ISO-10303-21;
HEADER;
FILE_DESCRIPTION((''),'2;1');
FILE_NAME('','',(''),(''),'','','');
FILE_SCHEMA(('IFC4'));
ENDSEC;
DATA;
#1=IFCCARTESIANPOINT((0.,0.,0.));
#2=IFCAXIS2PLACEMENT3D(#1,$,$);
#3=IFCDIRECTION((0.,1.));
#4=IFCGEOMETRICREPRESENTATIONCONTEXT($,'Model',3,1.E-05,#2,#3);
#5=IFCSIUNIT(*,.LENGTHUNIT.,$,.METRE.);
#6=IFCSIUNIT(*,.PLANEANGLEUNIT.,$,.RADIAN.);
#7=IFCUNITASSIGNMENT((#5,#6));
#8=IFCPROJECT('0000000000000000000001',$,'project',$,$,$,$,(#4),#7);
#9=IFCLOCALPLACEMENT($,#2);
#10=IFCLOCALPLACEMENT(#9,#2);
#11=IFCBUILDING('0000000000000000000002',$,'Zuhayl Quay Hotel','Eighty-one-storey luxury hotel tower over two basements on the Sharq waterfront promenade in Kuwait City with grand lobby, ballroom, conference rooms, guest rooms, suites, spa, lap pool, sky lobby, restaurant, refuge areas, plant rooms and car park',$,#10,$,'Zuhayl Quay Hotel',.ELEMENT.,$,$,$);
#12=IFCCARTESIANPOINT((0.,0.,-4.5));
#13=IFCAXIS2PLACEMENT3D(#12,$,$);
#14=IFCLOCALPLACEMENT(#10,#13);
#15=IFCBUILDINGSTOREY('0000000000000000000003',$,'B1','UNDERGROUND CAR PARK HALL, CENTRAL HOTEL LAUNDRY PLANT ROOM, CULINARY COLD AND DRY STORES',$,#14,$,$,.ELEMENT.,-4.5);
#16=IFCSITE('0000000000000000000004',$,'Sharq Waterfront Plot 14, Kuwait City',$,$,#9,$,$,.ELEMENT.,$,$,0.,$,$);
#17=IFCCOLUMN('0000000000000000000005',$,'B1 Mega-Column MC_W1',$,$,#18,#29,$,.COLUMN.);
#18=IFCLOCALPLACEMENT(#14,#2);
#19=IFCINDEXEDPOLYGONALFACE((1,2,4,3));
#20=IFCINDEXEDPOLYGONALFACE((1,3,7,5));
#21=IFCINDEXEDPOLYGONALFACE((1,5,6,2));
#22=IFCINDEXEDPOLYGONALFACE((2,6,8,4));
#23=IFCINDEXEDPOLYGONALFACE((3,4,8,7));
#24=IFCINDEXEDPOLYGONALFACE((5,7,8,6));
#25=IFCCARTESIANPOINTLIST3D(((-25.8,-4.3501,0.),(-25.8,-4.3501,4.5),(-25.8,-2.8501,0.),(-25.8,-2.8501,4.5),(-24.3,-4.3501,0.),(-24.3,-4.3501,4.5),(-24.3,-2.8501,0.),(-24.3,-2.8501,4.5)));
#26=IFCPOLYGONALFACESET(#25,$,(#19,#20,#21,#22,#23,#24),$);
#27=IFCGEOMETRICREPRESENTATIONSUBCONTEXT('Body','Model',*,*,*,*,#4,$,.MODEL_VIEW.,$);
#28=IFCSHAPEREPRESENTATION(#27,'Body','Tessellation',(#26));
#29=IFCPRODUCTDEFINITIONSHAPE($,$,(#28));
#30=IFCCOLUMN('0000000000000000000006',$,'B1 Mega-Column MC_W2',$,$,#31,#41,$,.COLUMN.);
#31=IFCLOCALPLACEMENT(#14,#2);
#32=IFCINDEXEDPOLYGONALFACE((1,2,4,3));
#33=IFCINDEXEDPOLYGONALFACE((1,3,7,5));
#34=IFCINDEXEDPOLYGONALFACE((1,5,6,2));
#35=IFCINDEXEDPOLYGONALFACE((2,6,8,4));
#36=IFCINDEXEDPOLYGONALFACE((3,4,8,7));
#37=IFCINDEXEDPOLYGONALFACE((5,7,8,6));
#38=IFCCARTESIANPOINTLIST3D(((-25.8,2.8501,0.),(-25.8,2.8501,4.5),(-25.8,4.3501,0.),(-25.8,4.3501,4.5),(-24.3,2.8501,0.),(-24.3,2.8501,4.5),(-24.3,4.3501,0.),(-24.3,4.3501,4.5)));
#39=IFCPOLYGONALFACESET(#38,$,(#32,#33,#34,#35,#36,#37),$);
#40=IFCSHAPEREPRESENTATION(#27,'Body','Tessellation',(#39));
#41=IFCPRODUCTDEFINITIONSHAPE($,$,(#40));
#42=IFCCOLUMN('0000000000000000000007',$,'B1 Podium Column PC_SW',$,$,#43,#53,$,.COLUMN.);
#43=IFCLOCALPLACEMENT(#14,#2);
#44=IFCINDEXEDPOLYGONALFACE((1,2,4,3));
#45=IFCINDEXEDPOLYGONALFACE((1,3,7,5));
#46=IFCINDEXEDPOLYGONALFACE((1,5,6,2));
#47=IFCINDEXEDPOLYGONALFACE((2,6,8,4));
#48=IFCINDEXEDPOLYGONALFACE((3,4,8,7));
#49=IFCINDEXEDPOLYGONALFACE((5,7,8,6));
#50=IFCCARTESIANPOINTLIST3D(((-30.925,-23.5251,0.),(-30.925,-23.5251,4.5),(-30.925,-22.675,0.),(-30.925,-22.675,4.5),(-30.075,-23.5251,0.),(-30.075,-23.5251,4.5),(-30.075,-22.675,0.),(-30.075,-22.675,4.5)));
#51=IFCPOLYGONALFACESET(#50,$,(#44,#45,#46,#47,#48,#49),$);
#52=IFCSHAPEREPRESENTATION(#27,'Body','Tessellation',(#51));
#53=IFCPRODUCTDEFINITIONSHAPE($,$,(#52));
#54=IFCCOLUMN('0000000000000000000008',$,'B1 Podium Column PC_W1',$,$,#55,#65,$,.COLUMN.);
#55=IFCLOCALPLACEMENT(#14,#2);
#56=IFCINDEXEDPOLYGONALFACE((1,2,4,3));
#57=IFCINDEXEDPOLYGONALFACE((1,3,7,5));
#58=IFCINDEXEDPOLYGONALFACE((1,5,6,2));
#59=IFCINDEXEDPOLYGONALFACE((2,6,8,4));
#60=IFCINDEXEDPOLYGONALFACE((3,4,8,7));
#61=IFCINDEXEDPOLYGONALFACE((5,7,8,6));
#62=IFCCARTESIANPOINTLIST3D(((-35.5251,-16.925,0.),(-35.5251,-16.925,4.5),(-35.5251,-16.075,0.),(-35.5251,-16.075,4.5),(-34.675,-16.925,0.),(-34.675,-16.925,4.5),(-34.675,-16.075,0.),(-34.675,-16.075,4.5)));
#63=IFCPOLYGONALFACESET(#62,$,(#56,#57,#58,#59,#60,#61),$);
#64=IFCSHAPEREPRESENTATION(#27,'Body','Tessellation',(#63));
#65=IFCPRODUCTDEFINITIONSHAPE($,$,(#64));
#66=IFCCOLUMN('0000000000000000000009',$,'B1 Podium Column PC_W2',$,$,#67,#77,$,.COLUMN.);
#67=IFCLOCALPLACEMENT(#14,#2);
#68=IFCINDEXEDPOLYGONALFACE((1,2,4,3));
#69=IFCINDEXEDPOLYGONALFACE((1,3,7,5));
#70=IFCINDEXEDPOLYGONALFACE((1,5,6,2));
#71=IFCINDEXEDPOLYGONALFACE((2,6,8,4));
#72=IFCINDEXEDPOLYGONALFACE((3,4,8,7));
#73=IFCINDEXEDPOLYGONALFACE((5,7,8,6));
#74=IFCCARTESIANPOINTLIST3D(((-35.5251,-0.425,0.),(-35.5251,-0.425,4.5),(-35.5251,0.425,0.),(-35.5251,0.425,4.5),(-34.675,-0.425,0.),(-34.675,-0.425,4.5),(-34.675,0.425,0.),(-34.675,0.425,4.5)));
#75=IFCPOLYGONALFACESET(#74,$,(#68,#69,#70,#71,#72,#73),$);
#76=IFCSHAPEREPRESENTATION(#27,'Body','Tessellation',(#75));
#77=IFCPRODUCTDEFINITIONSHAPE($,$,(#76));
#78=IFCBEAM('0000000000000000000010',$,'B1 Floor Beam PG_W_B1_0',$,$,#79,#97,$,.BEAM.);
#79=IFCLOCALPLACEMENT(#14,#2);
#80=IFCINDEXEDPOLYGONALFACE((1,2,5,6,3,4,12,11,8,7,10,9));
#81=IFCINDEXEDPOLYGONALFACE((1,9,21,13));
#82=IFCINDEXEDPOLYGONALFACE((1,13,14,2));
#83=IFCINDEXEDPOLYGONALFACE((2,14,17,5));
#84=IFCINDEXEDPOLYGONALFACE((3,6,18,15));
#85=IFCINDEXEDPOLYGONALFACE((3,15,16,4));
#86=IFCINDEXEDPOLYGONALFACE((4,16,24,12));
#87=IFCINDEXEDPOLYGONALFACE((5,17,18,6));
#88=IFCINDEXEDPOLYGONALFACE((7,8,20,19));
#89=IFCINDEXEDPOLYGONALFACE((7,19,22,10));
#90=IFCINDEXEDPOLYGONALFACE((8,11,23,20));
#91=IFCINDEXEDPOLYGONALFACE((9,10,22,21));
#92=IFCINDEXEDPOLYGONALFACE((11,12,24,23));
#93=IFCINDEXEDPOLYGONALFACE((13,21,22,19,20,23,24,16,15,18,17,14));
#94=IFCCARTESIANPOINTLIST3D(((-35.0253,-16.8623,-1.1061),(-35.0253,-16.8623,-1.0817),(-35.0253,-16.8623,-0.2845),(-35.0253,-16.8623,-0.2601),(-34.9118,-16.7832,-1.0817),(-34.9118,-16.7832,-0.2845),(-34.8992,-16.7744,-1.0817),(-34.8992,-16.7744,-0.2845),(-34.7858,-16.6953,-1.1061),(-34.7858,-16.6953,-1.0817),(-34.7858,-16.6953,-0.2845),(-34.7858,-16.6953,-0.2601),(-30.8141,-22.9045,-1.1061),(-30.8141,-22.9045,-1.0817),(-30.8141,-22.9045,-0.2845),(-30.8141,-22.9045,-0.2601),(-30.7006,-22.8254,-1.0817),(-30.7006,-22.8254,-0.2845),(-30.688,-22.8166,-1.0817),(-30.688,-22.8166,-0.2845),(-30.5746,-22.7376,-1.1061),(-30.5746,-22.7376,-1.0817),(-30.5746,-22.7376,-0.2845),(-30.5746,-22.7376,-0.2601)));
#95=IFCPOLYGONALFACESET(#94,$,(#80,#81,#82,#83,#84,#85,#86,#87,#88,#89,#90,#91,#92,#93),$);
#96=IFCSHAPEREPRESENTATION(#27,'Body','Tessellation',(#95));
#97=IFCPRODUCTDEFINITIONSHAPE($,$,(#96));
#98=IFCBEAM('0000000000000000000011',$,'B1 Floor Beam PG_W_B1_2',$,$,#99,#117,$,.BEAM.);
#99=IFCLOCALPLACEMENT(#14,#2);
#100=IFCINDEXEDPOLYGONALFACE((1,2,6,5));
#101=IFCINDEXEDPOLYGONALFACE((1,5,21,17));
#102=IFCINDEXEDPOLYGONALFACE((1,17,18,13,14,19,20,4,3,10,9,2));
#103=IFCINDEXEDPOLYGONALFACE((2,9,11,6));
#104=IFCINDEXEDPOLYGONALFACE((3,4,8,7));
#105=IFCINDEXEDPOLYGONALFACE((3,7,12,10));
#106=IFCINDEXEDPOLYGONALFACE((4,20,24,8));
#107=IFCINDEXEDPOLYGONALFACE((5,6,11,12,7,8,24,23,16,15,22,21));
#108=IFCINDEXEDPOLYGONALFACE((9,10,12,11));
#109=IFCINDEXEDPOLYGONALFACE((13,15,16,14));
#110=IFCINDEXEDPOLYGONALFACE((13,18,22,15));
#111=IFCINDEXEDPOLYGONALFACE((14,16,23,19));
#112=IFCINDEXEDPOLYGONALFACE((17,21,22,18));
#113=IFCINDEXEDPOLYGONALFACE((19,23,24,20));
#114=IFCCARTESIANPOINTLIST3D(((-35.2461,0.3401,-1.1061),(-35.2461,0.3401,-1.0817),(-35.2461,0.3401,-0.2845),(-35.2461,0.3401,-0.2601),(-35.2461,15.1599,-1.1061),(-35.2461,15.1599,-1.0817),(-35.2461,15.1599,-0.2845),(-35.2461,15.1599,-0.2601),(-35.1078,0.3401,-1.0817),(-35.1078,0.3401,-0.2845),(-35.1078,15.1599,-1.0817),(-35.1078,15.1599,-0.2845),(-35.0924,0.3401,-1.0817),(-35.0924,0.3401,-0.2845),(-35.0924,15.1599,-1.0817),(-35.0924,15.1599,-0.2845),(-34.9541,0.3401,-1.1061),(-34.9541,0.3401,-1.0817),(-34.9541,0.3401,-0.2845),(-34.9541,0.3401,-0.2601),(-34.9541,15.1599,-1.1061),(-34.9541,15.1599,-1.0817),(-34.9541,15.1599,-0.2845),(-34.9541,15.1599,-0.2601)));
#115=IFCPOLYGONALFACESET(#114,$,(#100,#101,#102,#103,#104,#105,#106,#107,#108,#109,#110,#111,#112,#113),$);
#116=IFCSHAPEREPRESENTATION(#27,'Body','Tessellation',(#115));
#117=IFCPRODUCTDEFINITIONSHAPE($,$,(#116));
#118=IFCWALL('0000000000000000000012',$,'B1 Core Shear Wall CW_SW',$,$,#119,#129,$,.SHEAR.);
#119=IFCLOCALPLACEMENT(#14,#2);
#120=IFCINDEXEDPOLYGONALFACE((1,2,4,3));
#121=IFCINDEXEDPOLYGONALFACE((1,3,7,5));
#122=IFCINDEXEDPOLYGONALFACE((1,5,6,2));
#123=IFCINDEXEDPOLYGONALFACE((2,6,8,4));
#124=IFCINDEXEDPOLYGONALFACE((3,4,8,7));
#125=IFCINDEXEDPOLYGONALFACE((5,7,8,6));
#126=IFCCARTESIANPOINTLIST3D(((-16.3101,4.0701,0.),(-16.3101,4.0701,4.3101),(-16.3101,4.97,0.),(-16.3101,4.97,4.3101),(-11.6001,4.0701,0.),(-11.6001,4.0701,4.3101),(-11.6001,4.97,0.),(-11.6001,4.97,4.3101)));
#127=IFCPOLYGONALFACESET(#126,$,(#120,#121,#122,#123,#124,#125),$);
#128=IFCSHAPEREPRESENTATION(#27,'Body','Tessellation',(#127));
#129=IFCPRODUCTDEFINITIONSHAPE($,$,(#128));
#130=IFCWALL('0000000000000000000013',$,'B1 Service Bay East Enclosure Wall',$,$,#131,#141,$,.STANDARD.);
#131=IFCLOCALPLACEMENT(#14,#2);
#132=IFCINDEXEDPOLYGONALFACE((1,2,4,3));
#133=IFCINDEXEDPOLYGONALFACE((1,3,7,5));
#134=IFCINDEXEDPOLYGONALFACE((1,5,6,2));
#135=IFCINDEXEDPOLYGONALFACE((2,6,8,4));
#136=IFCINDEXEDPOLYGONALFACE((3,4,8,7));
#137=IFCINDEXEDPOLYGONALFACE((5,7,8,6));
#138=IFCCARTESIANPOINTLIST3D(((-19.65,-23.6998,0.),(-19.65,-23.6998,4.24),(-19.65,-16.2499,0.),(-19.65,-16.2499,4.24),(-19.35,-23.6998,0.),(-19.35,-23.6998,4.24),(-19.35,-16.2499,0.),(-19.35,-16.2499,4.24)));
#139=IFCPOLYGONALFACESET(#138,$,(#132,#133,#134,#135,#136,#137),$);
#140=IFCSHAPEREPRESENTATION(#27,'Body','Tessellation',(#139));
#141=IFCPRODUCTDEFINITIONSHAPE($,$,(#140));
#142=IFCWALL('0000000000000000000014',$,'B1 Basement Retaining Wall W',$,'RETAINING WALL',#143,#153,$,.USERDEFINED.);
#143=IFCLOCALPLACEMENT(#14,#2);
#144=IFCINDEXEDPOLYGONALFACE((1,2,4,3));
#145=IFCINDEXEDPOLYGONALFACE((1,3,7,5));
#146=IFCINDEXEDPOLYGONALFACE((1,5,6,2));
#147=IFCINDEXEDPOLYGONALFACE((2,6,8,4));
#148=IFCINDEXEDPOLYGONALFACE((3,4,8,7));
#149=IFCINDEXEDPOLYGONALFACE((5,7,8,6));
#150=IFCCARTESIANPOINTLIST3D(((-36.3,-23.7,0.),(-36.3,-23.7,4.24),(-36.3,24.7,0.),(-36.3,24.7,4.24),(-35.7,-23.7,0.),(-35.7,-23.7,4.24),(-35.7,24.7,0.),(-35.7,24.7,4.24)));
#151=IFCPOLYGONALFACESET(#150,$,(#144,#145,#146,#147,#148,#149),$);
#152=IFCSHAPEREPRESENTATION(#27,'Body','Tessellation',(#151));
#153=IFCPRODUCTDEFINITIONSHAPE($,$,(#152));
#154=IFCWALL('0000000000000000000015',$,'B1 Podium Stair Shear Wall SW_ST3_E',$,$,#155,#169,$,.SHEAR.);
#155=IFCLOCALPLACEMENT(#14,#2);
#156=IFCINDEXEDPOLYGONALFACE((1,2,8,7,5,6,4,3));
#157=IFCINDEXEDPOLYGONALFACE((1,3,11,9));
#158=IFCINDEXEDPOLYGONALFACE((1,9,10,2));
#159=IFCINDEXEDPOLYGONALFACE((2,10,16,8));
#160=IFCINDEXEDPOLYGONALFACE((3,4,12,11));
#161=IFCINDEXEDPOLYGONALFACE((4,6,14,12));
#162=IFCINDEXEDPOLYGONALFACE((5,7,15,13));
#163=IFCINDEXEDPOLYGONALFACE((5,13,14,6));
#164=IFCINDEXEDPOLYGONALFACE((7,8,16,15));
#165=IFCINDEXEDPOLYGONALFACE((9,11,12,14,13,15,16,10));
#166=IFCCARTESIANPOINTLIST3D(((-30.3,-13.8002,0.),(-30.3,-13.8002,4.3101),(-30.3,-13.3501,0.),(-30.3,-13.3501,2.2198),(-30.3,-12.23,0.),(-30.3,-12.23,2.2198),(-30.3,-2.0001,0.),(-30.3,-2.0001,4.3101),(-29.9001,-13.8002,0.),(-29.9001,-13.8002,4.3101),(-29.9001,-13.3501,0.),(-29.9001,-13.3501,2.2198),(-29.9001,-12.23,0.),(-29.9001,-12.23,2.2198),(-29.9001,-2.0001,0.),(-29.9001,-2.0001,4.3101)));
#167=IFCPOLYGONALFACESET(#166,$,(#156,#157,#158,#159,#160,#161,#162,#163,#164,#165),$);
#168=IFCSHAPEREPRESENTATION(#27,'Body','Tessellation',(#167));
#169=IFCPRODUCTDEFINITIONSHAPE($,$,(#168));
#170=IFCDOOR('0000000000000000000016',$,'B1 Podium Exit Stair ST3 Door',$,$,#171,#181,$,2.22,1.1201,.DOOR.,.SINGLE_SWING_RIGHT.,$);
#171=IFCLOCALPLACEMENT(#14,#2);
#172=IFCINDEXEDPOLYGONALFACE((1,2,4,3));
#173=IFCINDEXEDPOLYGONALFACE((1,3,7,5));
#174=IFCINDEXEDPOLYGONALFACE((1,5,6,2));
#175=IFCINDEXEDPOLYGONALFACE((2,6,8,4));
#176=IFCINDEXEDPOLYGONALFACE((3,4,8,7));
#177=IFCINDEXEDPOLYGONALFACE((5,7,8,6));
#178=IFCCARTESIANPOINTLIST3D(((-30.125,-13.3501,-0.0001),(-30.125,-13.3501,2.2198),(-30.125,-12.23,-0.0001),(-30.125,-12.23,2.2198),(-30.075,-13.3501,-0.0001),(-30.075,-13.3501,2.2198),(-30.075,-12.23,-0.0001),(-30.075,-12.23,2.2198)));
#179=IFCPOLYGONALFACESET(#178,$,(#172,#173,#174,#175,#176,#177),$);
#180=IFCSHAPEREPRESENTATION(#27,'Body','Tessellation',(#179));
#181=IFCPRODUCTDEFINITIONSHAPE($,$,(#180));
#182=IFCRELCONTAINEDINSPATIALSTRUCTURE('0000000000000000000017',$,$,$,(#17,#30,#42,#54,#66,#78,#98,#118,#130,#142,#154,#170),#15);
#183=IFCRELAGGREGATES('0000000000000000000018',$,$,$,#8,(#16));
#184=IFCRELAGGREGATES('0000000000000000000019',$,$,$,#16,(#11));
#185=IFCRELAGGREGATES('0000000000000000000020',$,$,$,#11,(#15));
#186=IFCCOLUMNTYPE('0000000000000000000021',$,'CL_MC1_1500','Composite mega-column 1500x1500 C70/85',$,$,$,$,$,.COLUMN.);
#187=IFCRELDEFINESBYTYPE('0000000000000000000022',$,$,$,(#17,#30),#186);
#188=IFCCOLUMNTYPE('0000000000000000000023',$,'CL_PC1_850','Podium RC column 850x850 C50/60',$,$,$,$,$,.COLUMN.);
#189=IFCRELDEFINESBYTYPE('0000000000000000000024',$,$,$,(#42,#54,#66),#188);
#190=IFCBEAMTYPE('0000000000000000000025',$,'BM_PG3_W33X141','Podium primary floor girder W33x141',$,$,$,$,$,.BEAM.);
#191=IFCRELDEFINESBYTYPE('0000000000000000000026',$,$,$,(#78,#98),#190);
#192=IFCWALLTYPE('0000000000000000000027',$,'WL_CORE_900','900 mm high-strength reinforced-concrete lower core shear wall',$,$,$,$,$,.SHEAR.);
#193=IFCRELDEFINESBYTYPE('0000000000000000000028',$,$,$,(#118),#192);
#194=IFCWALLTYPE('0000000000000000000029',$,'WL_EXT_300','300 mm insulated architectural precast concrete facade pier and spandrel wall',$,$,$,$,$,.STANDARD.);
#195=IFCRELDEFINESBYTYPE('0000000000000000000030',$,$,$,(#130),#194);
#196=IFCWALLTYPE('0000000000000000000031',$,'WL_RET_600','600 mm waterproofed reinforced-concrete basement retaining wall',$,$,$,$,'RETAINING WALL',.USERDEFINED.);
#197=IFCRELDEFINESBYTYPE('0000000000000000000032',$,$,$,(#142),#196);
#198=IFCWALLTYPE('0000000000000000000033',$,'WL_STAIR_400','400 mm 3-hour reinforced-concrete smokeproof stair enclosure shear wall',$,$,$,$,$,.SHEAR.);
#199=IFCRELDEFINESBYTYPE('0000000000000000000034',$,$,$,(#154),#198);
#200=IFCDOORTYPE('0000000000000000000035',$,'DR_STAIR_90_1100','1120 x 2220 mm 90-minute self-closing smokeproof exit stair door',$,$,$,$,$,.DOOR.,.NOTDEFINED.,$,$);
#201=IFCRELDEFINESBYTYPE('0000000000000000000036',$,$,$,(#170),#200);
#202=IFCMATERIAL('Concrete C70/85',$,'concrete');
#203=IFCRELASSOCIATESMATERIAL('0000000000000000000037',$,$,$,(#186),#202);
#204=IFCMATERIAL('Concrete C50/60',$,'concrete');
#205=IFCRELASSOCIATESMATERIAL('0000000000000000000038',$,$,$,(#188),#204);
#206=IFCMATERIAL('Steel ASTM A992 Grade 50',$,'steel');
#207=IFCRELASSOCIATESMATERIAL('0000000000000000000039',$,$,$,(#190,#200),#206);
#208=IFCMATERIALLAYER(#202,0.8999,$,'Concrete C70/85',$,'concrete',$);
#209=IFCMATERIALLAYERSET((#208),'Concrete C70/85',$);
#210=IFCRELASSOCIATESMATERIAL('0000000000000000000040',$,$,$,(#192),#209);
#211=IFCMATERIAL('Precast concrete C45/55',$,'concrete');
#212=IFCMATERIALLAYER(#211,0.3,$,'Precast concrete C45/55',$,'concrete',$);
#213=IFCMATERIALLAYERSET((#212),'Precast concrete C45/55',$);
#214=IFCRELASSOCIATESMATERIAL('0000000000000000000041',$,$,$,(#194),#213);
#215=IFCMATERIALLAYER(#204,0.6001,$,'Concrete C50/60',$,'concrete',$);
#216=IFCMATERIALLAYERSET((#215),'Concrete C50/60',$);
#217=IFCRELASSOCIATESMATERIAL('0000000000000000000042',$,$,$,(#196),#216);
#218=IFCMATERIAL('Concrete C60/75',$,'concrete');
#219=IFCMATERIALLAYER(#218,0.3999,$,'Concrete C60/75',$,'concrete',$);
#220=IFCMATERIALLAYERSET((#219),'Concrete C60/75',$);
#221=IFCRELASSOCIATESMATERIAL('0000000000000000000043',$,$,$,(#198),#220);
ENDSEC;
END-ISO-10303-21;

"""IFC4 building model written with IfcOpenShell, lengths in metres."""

from ifc_helpers import new_model, si_unit, direction, frame, frame_2d, origin, origin_2d, place, context, subcontext, project, spatial, rectangle, i_section, extrude, material, layer, layer_set, material_profile, profile_set, type_object, element, fill, save


model = new_model("IFC4")

# Units and contexts
model_context = context("Model", 3, precision=1e-05, world=origin(), true_north=direction((0.0, 1.0)))
body_context = subcontext(model_context, "Body", "Model", "MODEL_VIEW")
ifc_project = project(units=[si_unit("LENGTHUNIT", "METRE"), si_unit("PLANEANGLEUNIT", "RADIAN")], contexts=[model_context])

# Site, building, storey
site_placement = place(None, origin())
site = spatial("IfcSite", under=ifc_project, at=site_placement, Name="Sharq Waterfront Plot 14, Kuwait City", CompositionType="ELEMENT", RefElevation=0.0)
building_placement = place(site_placement, origin())
building = spatial("IfcBuilding", under=site, at=building_placement, Name="Zuhayl Quay Hotel", Description="Eighty-one-storey luxury hotel tower over two basements on the Sharq waterfront promenade in Kuwait City with grand lobby, ballroom, conference rooms, guest rooms, suites, spa, lap pool, sky lobby, restaurant, refuge areas, plant rooms and car park", LongName="Zuhayl Quay Hotel", CompositionType="ELEMENT")
storey_placement = place(building_placement, frame((0.0, 0.0, -4.5)))
storey = spatial("IfcBuildingStorey", under=building, at=storey_placement, Name="B1", Description="UNDERGROUND CAR PARK HALL, CENTRAL HOTEL LAUNDRY PLANT ROOM, CULINARY COLD AND DRY STORES", CompositionType="ELEMENT", Elevation=-4.5)

# Columns
ifc_material_1 = material(Name="Concrete C70/85", Category="concrete")
ifc_material_profile_1 = material_profile(ifc_material_1, rectangle(XDim=1.5, YDim=1.5, at=origin_2d()), Name="RC1500X1500")
ifc_profile_set_1 = profile_set([ifc_material_profile_1], Name="Concrete C70/85")
column_type_1 = type_object("IfcColumnType", Name="CL_MC1_1500", Description="Composite mega-column 1500x1500 C70/85", PredefinedType="COLUMN", material=ifc_profile_set_1)
for number, where, z_axis, x_axis, name in (
    (1, (-25.05, -3.6001, 0.0), (0.0, 0.0, 1.0), (1.0, 0.0, 0.0), "B1 Mega-Column MC_W1"),
    (2, (-25.05, 3.6001, 0.0), (0.0, 0.0, 1.0), (1.0, 0.0, 0.0), "B1 Mega-Column MC_W2"),
):
    element("IfcColumn", number, at=place(storey_placement, frame(where, z_axis=z_axis, x_axis=x_axis)), inside=storey, type_object=column_type_1, Name=name, PredefinedType="COLUMN", context=body_context, shape_type="SweptSolid", body=[
        extrude(rectangle(XDim=1.5, YDim=1.5, at=origin_2d()), origin(), (0.0, 0.0, 1.0), 4.5),
    ])
ifc_material_2 = material(Name="Concrete C50/60", Category="concrete")
ifc_material_profile_2 = material_profile(ifc_material_2, rectangle(XDim=0.8501, YDim=0.8501, at=origin_2d()), Name="RC850X850")
ifc_profile_set_2 = profile_set([ifc_material_profile_2], Name="Concrete C50/60")
column_type_2 = type_object("IfcColumnType", Name="CL_PC1_850", Description="Podium RC column 850x850 C50/60", PredefinedType="COLUMN", material=ifc_profile_set_2)
for number, where, z_axis, x_axis, name in (
    (3, (-30.5, -23.1001, 0.0), (0.0, 0.0, 1.0), (1.0, 0.0, 0.0), "B1 Podium Column PC_SW"),
    (4, (-35.1001, -16.5, 0.0), (0.0, 0.0, 1.0), (1.0, 0.0, 0.0), "B1 Podium Column PC_W1"),
    (5, (-35.1001, 0.0, 0.0), (0.0, 0.0, 1.0), (1.0, 0.0, 0.0), "B1 Podium Column PC_W2"),
):
    element("IfcColumn", number, at=place(storey_placement, frame(where, z_axis=z_axis, x_axis=x_axis)), inside=storey, type_object=column_type_2, Name=name, PredefinedType="COLUMN", context=body_context, shape_type="SweptSolid", body=[
        extrude(rectangle(XDim=0.8501, YDim=0.8501, at=origin_2d()), origin(), (0.0, 0.0, 1.0), 4.5),
    ])

# Beams
ifc_material_3 = material(Name="Steel ASTM A992 Grade 50", Category="steel")
ifc_material_profile_3 = material_profile(ifc_material_3, i_section(OverallWidth=0.292, OverallDepth=0.8459, WebThickness=0.0154, FlangeThickness=0.0244, at=origin_2d()), Name="W33X141")
ifc_profile_set_3 = profile_set([ifc_material_profile_3], Name="Steel ASTM A992 Grade 50")
beam_type = type_object("IfcBeamType", Name="BM_PG3_W33X141", Description="Podium primary floor girder W33x141", PredefinedType="BEAM", material=ifc_profile_set_3)
beam_1_placement = place(storey_placement, frame((-30.6943, -22.821, -0.6831), z_axis=(-0.571786, 0.820403, 0.0), x_axis=(-0.820403, -0.571786, 0.0)))
element("IfcBeam", 6, at=beam_1_placement, inside=storey, type_object=beam_type, Name="B1 Floor Beam PG_W_B1_0", PredefinedType="BEAM", context=body_context, shape_type="SweptSolid", body=[
    extrude(i_section(OverallWidth=0.292, OverallDepth=0.8459, WebThickness=0.0154, FlangeThickness=0.0244, at=origin_2d()), origin(), (0.0, 0.0, 1.0), 7.365),
])
beam_2_placement = place(storey_placement, frame((-35.1001, 0.3401, -0.6831), z_axis=(0.0, 1.0, 0.0), x_axis=(-1.0, 0.0, 0.0)))
element("IfcBeam", 7, at=beam_2_placement, inside=storey, type_object=beam_type, Name="B1 Floor Beam PG_W_B1_2", PredefinedType="BEAM", context=body_context, shape_type="SweptSolid", body=[
    extrude(i_section(OverallWidth=0.292, OverallDepth=0.8459, WebThickness=0.0154, FlangeThickness=0.0244, at=origin_2d()), origin(), (0.0, 0.0, 1.0), 14.8198),
])

# Wall
ifc_layer_1 = layer(ifc_material_1, 0.8999, Name="Concrete C70/85", Category="concrete")
ifc_layer_set_1 = layer_set([ifc_layer_1], Name="Concrete C70/85")
wall_type_1 = type_object("IfcWallType", Name="WL_CORE_900", Description="900 mm high-strength reinforced-concrete lower core shear wall", PredefinedType="SHEAR", material=ifc_layer_set_1)
wall_1_placement = place(storey_placement, frame((-16.3101, 4.52, 0.0), z_axis=(0.0, 0.0, 1.0), x_axis=(1.0, 0.0, 0.0)))
element("IfcWall", 8, at=wall_1_placement, inside=storey, type_object=wall_type_1, Name="B1 Core Shear Wall CW_SW", PredefinedType="SHEAR", context=body_context, shape_type="SweptSolid", body=[
    extrude(rectangle(XDim=4.71, YDim=0.8999, at=frame_2d((2.355, 0.0))), origin(), (0.0, 0.0, 1.0), 4.3101),
])

# Shared definitions
ifc_material_4 = material(Name="Precast concrete C45/55", Category="concrete")
ifc_layer_2 = layer(ifc_material_4, 0.3, Name="Precast concrete C45/55", Category="concrete")
ifc_layer_set_2 = layer_set([ifc_layer_2], Name="Precast concrete C45/55")
wall_type_2 = type_object("IfcWallType", Name="WL_EXT_300", Description="300 mm insulated architectural precast concrete facade pier and spandrel wall", PredefinedType="STANDARD", material=ifc_layer_set_2)

# Walls
wall_2_placement = place(storey_placement, frame((-19.5, -23.7, 0.0), z_axis=(0.0, 0.0, 1.0), x_axis=(0.0, 1.0, 0.0)))
element("IfcWall", 9, at=wall_2_placement, inside=storey, type_object=wall_type_2, Name="B1 Service Bay East Enclosure Wall", PredefinedType="STANDARD", context=body_context, shape_type="SweptSolid", body=[
    extrude(rectangle(XDim=7.45, YDim=0.3, at=frame_2d((3.7251, 0.0))), origin(), (0.0, 0.0, 1.0), 4.24),
])
ifc_layer_3 = layer(ifc_material_2, 0.6001, Name="Concrete C50/60", Category="concrete")
ifc_layer_set_3 = layer_set([ifc_layer_3], Name="Concrete C50/60")
wall_type_3 = type_object("IfcWallType", Name="WL_RET_600", Description="600 mm waterproofed reinforced-concrete basement retaining wall", ElementType="RETAINING WALL", PredefinedType="USERDEFINED", material=ifc_layer_set_3)
wall_3_placement = place(storey_placement, frame((-36.0, -23.7, 0.0), z_axis=(0.0, 0.0, 1.0), x_axis=(0.0, 1.0, 0.0)))
element("IfcWall", 10, at=wall_3_placement, inside=storey, type_object=wall_type_3, Name="B1 Basement Retaining Wall W", ObjectType="RETAINING WALL", PredefinedType="USERDEFINED", context=body_context, shape_type="SweptSolid", body=[
    extrude(rectangle(XDim=48.3999, YDim=0.6001, at=frame_2d((24.2, 0.0))), origin(), (0.0, 0.0, 1.0), 4.24),
])

# Wall, opening, door
ifc_material_5 = material(Name="Concrete C60/75", Category="concrete")
ifc_layer_4 = layer(ifc_material_5, 0.3999, Name="Concrete C60/75", Category="concrete")
ifc_layer_set_4 = layer_set([ifc_layer_4], Name="Concrete C60/75")
wall_type_4 = type_object("IfcWallType", Name="WL_STAIR_400", Description="400 mm 3-hour reinforced-concrete smokeproof stair enclosure shear wall", PredefinedType="SHEAR", material=ifc_layer_set_4)
wall_4_placement = place(storey_placement, frame((-30.1001, -13.8, 0.0), z_axis=(0.0, 0.0, 1.0), x_axis=(0.0, 1.0, 0.0)))
wall_4 = element("IfcWall", 11, at=wall_4_placement, inside=storey, type_object=wall_type_4, Name="B1 Podium Stair Shear Wall SW_ST3_E", PredefinedType="SHEAR", context=body_context, shape_type="SweptSolid", body=[
    extrude(rectangle(XDim=11.8, YDim=0.3999, at=frame_2d((5.8999, 0.0))), origin(), (0.0, 0.0, 1.0), 4.3101),
])
opening_1_placement = place(wall_4_placement, frame((0.45, 0.0, 0.0)))
opening_1 = element("IfcOpeningElement", 12, at=opening_1_placement, cuts=wall_4, PredefinedType="OPENING", context=body_context, shape_type="SweptSolid", body=[
    extrude(rectangle(XDim=1.1201, YDim=2.22, at=frame_2d((0.5601, 1.1099))), frame((0.0, 0.21, 0.0), z_axis=(0.0, -1.0, 0.0), x_axis=(1.0, 0.0, 0.0)), (0.0, 0.0, 1.0), 0.4199),
])
door_type_1 = type_object("IfcDoorType", Name="DR_STAIR_90_1100", Description="1120 x 2220 mm 90-minute self-closing smokeproof exit stair door", OperationType="NOTDEFINED", PredefinedType="DOOR", material=ifc_material_3)
door_1_placement = place(opening_1_placement, origin())
door_1 = element("IfcDoor", 13, at=door_1_placement, inside=storey, type_object=door_type_1, Name="B1 Podium Exit Stair ST3 Door", OperationType="SINGLE_SWING_RIGHT", OverallHeight=2.22, OverallWidth=1.1201, PredefinedType="DOOR", context=body_context, shape_type="SweptSolid", body=[
    extrude(rectangle(XDim=1.1201, YDim=2.22, at=frame_2d((0.5601, 1.1099))), frame((0.0, 0.0249, 0.0), z_axis=(0.0, -1.0, 0.0), x_axis=(1.0, 0.0, 0.0)), (0.0, 0.0, 1.0), 0.05),
])
fill(opening_1, door_1)

save(model, "model.ifc")
